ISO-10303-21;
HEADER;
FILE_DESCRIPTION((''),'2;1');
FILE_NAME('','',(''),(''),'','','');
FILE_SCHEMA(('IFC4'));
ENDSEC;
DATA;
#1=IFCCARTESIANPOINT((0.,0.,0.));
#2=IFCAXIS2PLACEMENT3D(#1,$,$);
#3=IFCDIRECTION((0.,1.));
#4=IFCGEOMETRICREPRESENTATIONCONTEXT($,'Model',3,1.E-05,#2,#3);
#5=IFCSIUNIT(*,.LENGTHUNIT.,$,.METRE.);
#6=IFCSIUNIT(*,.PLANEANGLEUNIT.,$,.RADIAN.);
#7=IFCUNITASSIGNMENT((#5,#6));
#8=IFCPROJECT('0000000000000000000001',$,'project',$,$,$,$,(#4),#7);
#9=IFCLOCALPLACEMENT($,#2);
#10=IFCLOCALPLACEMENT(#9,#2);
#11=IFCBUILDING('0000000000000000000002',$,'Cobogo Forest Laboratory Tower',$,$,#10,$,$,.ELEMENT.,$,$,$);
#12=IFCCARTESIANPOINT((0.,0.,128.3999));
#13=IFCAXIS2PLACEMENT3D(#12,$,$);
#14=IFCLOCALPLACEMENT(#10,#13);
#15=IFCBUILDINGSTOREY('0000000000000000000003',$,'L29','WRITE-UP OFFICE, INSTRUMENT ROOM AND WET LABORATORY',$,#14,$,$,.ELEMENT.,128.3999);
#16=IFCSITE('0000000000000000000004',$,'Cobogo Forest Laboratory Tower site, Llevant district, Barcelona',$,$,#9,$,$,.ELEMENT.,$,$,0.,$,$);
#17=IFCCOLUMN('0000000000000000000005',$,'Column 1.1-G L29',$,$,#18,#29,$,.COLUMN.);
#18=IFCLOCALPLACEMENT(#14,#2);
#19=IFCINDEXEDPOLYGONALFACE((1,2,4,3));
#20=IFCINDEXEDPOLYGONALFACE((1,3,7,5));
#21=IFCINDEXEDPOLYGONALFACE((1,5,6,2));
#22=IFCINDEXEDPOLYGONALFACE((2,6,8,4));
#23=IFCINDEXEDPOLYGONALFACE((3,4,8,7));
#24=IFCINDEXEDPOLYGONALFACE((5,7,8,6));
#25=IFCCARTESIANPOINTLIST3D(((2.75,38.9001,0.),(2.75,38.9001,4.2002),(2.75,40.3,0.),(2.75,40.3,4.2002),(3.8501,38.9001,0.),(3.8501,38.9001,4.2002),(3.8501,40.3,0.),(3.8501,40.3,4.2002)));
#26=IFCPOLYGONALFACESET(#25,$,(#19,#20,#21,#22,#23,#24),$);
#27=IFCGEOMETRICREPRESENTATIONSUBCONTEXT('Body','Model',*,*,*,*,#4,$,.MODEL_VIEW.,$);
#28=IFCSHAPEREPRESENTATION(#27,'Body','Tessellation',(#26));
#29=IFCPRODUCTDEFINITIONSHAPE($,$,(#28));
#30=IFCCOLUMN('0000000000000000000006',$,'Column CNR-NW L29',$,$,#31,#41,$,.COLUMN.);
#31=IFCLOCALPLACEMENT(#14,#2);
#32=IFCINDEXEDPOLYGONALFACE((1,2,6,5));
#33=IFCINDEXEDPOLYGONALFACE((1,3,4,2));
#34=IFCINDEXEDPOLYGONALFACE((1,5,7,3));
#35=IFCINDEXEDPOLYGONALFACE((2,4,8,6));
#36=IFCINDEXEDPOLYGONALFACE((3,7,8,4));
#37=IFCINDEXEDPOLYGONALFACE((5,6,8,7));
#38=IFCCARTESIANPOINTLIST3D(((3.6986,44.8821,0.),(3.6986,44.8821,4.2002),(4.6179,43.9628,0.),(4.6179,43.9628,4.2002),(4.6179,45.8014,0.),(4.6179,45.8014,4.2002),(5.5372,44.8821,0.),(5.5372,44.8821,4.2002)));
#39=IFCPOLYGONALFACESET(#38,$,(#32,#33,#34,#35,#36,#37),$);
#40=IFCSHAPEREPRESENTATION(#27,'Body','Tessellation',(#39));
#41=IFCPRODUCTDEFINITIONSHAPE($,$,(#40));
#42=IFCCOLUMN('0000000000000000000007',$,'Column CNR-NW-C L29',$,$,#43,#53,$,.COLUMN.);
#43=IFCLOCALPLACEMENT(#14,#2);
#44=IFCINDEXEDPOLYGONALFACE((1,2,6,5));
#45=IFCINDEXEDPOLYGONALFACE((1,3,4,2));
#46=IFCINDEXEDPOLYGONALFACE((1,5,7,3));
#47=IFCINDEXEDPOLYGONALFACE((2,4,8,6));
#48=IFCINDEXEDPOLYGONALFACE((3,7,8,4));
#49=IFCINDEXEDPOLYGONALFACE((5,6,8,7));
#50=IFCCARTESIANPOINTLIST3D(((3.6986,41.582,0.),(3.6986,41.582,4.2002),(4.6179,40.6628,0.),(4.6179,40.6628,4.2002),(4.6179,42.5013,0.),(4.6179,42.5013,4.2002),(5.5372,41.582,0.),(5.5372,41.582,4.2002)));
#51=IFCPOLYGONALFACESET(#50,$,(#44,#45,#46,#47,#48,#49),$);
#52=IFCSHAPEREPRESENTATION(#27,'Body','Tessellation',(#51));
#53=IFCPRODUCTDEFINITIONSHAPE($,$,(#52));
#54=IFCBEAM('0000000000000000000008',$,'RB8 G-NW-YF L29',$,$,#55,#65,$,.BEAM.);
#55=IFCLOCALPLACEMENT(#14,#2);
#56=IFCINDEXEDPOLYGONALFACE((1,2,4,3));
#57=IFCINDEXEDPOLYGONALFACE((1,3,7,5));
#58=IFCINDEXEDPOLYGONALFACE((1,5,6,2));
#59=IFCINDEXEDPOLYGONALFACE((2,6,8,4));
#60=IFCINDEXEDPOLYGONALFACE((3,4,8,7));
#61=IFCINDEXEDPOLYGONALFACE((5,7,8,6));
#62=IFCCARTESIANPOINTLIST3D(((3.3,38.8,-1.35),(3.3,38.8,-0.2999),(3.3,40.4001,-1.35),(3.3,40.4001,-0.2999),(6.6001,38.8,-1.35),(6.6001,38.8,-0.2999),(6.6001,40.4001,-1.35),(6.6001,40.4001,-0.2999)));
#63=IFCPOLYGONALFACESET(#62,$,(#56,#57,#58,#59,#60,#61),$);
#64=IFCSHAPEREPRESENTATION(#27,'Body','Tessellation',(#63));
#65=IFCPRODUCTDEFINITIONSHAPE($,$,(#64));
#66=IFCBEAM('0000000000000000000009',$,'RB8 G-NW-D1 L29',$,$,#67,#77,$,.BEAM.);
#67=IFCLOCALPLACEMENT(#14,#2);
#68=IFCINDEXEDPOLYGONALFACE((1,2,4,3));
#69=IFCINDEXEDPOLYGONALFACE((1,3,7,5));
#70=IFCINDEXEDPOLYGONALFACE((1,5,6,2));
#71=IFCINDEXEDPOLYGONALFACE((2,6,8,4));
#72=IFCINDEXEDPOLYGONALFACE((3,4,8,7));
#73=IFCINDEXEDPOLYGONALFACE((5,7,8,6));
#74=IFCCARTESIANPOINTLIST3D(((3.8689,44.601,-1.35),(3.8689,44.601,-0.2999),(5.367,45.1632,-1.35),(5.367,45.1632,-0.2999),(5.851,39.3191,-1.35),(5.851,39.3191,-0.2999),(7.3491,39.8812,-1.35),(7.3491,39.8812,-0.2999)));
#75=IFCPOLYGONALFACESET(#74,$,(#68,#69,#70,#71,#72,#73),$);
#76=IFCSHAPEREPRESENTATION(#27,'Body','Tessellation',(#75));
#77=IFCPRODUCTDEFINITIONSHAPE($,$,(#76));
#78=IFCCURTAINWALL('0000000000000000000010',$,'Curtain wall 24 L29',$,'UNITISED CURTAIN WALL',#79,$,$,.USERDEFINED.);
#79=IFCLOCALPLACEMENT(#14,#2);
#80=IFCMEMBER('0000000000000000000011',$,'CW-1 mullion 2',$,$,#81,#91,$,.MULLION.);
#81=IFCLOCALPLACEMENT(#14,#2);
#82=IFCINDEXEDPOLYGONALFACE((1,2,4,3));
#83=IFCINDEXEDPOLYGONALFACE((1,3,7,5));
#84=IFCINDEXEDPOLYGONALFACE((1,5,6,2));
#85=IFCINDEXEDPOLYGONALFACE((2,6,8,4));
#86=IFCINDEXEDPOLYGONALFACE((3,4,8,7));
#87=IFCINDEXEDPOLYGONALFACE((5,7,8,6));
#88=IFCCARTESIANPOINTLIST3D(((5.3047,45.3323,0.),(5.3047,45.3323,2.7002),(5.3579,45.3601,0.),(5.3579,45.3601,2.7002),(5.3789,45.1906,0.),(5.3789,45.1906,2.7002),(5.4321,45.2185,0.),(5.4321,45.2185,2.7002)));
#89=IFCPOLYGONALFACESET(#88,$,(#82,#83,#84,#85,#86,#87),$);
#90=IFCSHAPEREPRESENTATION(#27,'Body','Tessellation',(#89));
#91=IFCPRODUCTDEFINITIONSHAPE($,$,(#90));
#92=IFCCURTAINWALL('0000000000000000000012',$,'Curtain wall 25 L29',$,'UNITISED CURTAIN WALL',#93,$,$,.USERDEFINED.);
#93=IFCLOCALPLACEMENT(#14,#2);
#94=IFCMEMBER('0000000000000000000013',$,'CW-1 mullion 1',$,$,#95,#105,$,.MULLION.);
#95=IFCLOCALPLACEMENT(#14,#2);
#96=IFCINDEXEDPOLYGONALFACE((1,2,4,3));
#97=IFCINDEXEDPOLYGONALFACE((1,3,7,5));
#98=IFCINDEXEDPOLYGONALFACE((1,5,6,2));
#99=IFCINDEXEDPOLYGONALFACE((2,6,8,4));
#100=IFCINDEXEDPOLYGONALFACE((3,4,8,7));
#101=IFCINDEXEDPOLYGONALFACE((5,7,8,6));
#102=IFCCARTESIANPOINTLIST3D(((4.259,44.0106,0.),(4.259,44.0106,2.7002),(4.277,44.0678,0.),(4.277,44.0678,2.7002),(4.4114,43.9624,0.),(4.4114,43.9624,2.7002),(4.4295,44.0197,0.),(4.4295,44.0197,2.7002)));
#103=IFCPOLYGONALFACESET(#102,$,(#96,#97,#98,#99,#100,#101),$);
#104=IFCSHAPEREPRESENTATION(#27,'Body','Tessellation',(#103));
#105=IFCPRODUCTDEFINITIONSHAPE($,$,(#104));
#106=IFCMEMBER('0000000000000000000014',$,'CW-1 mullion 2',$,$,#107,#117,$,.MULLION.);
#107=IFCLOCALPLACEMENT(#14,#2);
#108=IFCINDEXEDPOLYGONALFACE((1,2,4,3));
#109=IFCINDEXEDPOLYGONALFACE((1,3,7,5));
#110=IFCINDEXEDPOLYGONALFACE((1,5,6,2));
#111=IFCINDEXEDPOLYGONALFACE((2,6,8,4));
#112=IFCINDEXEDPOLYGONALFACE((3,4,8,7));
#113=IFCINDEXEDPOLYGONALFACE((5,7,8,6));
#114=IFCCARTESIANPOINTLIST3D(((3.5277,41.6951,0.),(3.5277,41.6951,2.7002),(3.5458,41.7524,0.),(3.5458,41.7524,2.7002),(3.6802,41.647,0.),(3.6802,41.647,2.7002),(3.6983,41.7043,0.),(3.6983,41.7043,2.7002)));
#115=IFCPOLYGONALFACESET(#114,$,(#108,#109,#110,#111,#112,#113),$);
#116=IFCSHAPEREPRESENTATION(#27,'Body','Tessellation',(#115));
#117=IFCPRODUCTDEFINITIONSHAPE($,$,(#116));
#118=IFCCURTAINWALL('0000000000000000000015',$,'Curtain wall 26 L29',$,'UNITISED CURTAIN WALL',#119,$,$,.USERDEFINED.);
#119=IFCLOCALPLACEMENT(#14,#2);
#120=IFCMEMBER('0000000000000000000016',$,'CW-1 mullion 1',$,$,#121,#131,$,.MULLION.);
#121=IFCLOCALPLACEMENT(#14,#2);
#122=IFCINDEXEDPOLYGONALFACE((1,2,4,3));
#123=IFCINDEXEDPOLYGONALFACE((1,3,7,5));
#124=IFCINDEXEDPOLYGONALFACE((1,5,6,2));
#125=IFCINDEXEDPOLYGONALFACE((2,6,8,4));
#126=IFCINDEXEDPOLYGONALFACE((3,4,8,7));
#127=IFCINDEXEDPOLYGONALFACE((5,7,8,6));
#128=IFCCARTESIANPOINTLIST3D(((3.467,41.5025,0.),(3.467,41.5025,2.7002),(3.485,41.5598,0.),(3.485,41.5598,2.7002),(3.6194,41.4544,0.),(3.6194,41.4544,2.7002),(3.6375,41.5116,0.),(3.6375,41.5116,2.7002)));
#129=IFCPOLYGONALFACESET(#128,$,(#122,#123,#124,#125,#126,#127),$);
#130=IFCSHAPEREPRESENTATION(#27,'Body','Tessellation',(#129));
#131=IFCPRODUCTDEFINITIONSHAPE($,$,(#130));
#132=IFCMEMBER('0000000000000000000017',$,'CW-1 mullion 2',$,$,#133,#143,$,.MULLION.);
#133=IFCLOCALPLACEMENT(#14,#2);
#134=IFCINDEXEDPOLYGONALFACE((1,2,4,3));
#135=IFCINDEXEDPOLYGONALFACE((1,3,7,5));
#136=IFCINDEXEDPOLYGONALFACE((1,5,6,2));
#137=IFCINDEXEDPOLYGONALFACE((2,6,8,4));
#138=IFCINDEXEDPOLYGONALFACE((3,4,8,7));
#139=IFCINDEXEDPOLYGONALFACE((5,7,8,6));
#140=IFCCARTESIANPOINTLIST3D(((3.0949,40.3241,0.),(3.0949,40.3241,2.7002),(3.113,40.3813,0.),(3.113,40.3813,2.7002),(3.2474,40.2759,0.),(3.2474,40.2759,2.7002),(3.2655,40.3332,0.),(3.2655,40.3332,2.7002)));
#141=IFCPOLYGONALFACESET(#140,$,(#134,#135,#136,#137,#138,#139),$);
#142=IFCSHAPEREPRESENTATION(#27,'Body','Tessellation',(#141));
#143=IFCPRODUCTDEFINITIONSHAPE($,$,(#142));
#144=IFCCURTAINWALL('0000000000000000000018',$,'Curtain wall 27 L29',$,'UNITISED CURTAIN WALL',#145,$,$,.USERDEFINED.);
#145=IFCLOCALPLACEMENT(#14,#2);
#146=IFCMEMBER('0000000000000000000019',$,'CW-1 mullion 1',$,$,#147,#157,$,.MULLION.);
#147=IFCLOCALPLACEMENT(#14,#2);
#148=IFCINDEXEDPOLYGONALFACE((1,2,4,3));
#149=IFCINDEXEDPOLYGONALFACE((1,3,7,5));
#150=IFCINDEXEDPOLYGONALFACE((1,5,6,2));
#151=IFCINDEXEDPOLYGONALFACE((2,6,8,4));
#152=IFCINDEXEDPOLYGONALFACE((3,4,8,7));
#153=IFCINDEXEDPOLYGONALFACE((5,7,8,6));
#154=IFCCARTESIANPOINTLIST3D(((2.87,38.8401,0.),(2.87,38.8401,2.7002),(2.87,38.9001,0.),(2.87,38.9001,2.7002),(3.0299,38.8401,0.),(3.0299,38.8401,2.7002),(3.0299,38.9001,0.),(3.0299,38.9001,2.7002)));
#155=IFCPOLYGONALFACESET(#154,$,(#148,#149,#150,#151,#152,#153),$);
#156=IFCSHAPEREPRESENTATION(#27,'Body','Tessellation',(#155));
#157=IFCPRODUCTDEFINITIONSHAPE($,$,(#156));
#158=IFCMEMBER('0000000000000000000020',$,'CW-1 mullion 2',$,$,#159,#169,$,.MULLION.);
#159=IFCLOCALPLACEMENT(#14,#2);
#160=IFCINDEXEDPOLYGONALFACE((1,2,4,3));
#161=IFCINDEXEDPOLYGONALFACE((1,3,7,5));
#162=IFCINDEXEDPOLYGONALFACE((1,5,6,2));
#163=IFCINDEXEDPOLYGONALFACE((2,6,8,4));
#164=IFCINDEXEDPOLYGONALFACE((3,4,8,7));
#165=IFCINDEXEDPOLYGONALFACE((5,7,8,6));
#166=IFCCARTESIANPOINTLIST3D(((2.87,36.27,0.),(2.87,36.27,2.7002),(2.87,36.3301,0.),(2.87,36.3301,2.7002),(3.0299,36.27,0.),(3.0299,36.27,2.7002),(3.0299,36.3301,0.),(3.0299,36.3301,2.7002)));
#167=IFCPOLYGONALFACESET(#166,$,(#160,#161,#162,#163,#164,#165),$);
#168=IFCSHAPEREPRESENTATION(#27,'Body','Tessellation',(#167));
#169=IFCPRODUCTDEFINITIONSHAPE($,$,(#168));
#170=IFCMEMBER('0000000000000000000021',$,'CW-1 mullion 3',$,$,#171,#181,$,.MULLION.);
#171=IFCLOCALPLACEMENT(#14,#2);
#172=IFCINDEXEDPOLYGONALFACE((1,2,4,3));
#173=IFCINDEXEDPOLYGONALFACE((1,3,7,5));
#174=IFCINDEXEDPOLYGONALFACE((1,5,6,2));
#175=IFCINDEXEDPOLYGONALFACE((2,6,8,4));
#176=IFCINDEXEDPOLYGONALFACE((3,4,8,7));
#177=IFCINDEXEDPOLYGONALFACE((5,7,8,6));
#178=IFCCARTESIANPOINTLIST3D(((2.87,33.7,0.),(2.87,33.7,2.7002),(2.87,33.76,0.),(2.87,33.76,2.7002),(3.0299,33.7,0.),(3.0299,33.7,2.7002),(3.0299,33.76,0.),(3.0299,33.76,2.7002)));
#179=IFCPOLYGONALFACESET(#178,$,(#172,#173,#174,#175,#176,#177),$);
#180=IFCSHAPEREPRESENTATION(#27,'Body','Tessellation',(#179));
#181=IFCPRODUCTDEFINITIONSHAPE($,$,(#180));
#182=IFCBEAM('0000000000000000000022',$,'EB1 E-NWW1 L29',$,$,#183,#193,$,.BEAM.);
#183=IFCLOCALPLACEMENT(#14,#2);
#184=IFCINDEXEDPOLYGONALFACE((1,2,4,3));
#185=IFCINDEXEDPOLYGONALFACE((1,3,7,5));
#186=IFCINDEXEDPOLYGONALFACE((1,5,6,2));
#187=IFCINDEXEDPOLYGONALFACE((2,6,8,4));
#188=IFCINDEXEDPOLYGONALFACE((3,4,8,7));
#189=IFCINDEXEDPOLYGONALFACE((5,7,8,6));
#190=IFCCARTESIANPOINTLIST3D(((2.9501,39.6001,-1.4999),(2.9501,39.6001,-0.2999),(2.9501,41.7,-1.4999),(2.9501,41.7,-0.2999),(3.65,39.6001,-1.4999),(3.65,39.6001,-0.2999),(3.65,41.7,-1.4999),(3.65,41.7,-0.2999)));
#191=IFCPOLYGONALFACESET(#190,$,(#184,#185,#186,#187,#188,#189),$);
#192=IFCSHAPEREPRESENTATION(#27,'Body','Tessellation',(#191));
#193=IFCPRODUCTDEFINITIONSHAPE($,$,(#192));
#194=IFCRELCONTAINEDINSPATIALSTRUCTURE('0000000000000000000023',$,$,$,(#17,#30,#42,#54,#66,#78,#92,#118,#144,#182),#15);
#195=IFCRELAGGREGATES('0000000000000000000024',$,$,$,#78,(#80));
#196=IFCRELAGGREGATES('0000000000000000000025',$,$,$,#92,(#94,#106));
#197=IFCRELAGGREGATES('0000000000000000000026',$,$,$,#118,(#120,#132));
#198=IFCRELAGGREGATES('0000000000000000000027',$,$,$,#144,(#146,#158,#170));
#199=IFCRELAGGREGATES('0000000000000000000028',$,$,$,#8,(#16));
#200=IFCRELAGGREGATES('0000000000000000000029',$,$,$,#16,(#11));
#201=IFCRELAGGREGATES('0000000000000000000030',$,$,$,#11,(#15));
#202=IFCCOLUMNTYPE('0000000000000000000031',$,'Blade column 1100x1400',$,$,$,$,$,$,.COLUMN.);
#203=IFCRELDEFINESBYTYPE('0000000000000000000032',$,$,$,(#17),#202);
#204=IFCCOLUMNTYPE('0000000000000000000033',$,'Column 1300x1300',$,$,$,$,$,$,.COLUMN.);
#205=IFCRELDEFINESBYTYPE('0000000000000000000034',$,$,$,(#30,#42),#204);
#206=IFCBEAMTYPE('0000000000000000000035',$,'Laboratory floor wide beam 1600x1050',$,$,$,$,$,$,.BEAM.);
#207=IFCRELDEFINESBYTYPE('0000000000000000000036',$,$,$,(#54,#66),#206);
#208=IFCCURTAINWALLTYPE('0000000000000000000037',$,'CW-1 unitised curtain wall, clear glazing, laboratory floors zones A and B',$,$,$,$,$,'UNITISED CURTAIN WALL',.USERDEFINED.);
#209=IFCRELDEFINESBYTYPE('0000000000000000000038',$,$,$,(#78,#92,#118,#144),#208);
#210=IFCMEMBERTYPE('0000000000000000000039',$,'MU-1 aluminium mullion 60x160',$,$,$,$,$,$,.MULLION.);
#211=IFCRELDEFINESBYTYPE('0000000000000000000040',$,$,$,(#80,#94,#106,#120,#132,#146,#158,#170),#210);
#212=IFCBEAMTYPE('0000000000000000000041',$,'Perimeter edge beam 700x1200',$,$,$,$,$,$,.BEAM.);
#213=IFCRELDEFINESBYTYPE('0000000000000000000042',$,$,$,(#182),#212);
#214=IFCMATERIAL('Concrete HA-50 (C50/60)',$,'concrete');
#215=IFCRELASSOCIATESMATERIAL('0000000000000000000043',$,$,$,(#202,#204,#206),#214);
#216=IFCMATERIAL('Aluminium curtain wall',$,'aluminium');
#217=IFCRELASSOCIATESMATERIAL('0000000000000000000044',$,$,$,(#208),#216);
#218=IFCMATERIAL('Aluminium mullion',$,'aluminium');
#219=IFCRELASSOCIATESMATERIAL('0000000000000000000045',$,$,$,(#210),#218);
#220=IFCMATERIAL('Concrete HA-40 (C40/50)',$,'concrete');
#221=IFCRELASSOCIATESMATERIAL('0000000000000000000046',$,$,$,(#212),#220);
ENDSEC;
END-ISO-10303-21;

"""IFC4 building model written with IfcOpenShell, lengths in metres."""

from ifc_helpers import new_model, si_unit, direction, frame, origin, origin_2d, place, context, subcontext, project, spatial, rectangle, extrude, material, material_profile, profile_set, type_object, element, aggregate, save


model = new_model("IFC4")

# Units and contexts
model_context = context("Model", 3, precision=1e-05, world=origin(), true_north=direction((0.0, 1.0)))
body_context = subcontext(model_context, "Body", "Model", "MODEL_VIEW")
ifc_project = project(units=[si_unit("LENGTHUNIT", "METRE"), si_unit("PLANEANGLEUNIT", "RADIAN")], contexts=[model_context])

# Site, building, storey
site_placement = place(None, origin())
site = spatial("IfcSite", under=ifc_project, at=site_placement, Name="Cobogo Forest Laboratory Tower site, Llevant district, Barcelona", CompositionType="ELEMENT", RefElevation=0.0)
building_placement = place(site_placement, origin())
building = spatial("IfcBuilding", under=site, at=building_placement, Name="Cobogo Forest Laboratory Tower", CompositionType="ELEMENT")
storey_placement = place(building_placement, frame((0.0, 0.0, 128.3999)))
storey = spatial("IfcBuildingStorey", under=building, at=storey_placement, Name="L29", Description="WRITE-UP OFFICE, INSTRUMENT ROOM AND WET LABORATORY", CompositionType="ELEMENT", Elevation=128.3999)

# Columns
ifc_material_1 = material(Name="Concrete HA-50 (C50/60)", Category="concrete")
ifc_material_profile_1 = material_profile(ifc_material_1, rectangle(XDim=1.3999, YDim=1.1001, at=origin_2d()), Name="RC 1100x1400")
ifc_profile_set_1 = profile_set([ifc_material_profile_1], Name="Concrete HA-50 (C50/60)")
column_type_1 = type_object("IfcColumnType", Name="Blade column 1100x1400", PredefinedType="COLUMN", material=ifc_profile_set_1)
column_placement = place(storey_placement, frame((3.3, 39.6001, 0.0), z_axis=(0.0, 0.0, 1.0), x_axis=(0.0, 1.0, 0.0)))
element("IfcColumn", 1, at=column_placement, inside=storey, type_object=column_type_1, Name="Column 1.1-G L29", PredefinedType="COLUMN", context=body_context, shape_type="SweptSolid", body=[
    extrude(rectangle(XDim=1.3999, YDim=1.1001, at=origin_2d()), origin(), (0.0, 0.0, 1.0), 4.2002),
])
ifc_material_profile_2 = material_profile(ifc_material_1, rectangle(XDim=1.3, YDim=1.3, at=origin_2d()), Name="RC 1300x1300")
ifc_profile_set_2 = profile_set([ifc_material_profile_2], Name="Concrete HA-50 (C50/60)")
column_type_2 = type_object("IfcColumnType", Name="Column 1300x1300", PredefinedType="COLUMN", material=ifc_profile_set_2)
for number, where, z_axis, x_axis, name in (
    (2, (4.6179, 44.8821, 0.0), (0.0, 0.0, 1.0), (0.707107, 0.707107, 0.0), "Column CNR-NW L29"),
    (3, (4.6179, 41.582, 0.0), (0.0, 0.0, 1.0), (0.707107, 0.707107, 0.0), "Column CNR-NW-C L29"),
):
    element("IfcColumn", number, at=place(storey_placement, frame(where, z_axis=z_axis, x_axis=x_axis)), inside=storey, type_object=column_type_2, Name=name, PredefinedType="COLUMN", context=body_context, shape_type="SweptSolid", body=[
        extrude(rectangle(XDim=1.3, YDim=1.3, at=origin_2d()), origin(), (0.0, 0.0, 1.0), 4.2002),
    ])

# Beams
ifc_material_profile_3 = material_profile(ifc_material_1, rectangle(XDim=1.6001, YDim=1.05, at=origin_2d()), Name="RC 1600x1050")
ifc_profile_set_3 = profile_set([ifc_material_profile_3], Name="Concrete HA-50 (C50/60)")
beam_type_1 = type_object("IfcBeamType", Name="Laboratory floor wide beam 1600x1050", PredefinedType="BEAM", material=ifc_profile_set_3)
beam_1_placement = place(storey_placement, frame((3.3, 39.6001, -0.825), z_axis=(1.0, 0.0, 0.0), x_axis=(0.0, 1.0, 0.0)))
element("IfcBeam", 4, at=beam_1_placement, inside=storey, type_object=beam_type_1, Name="RB8 G-NW-YF L29", PredefinedType="BEAM", context=body_context, shape_type="SweptSolid", body=[
    extrude(rectangle(XDim=1.6001, YDim=1.05, at=origin_2d()), origin(), (0.0, 0.0, 1.0), 3.3),
])
beam_2_placement = place(storey_placement, frame((4.6179, 44.8821, -0.825), z_axis=(0.351346, -0.936246, 0.0), x_axis=(0.936246, 0.351346, 0.0)))
element("IfcBeam", 5, at=beam_2_placement, inside=storey, type_object=beam_type_1, Name="RB8 G-NW-D1 L29", PredefinedType="BEAM", context=body_context, shape_type="SweptSolid", body=[
    extrude(rectangle(XDim=1.6001, YDim=1.05, at=origin_2d()), origin(), (0.0, 0.0, 1.0), 5.6416),
])

# Curtain wall, member
ifc_material_2 = material(Name="Aluminium curtain wall", Category="aluminium")
curtain_wall_type = type_object("IfcCurtainWallType", Name="CW-1 unitised curtain wall, clear glazing, laboratory floors zones A and B", ElementType="UNITISED CURTAIN WALL", PredefinedType="USERDEFINED", material=ifc_material_2)
curtain_wall_1_placement = place(storey_placement, origin())
curtain_wall_1 = element("IfcCurtainWall", 6, at=curtain_wall_1_placement, inside=storey, type_object=curtain_wall_type, Name="Curtain wall 24 L29", ObjectType="UNITISED CURTAIN WALL", PredefinedType="USERDEFINED")
ifc_material_3 = material(Name="Aluminium mullion", Category="aluminium")
ifc_material_profile_4 = material_profile(ifc_material_3, rectangle(XDim=0.0601, YDim=0.1599, at=origin_2d()), Name="AL 60x160")
ifc_profile_set_4 = profile_set([ifc_material_profile_4], Name="Aluminium mullion")
member_type_1 = type_object("IfcMemberType", Name="MU-1 aluminium mullion 60x160", PredefinedType="MULLION", material=ifc_profile_set_4)
member_1_placement = place(storey_placement, frame((5.3684, 45.2754, 0.0), z_axis=(0.0, 0.0, 1.0), x_axis=(-0.885687, -0.464284, 0.0)))
member_1 = element("IfcMember", 7, at=member_1_placement, type_object=member_type_1, Name="CW-1 mullion 2", PredefinedType="MULLION", context=body_context, shape_type="SweptSolid", body=[
    extrude(rectangle(XDim=0.0601, YDim=0.1599, at=origin_2d()), origin(), (0.0, 0.0, 1.0), 2.7002),
])

# Curtain walls, members
curtain_wall_2_placement = place(storey_placement, origin())
curtain_wall_2 = element("IfcCurtainWall", 8, at=curtain_wall_2_placement, inside=storey, type_object=curtain_wall_type, Name="Curtain wall 25 L29", ObjectType="UNITISED CURTAIN WALL", PredefinedType="USERDEFINED")
member_2_placement = place(storey_placement, frame((4.3442, 44.0151, 0.0), z_axis=(0.0, 0.0, 1.0), x_axis=(-0.301135, -0.953581, 0.0)))
member_2 = element("IfcMember", 9, at=member_2_placement, type_object=member_type_1, Name="CW-1 mullion 1", PredefinedType="MULLION", context=body_context, shape_type="SweptSolid", body=[
    extrude(rectangle(XDim=0.0601, YDim=0.1599, at=origin_2d()), origin(), (0.0, 0.0, 1.0), 2.7002),
])
member_3_placement = place(storey_placement, frame((3.613, 41.6997, 0.0), z_axis=(0.0, 0.0, 1.0), x_axis=(-0.301135, -0.953581, 0.0)))
member_3 = element("IfcMember", 10, at=member_3_placement, type_object=member_type_1, Name="CW-1 mullion 2", PredefinedType="MULLION", context=body_context, shape_type="SweptSolid", body=[
    extrude(rectangle(XDim=0.0601, YDim=0.1599, at=origin_2d()), origin(), (0.0, 0.0, 1.0), 2.7002),
])
curtain_wall_3_placement = place(storey_placement, origin())
curtain_wall_3 = element("IfcCurtainWall", 11, at=curtain_wall_3_placement, inside=storey, type_object=curtain_wall_type, Name="Curtain wall 26 L29", ObjectType="UNITISED CURTAIN WALL", PredefinedType="USERDEFINED")
member_4_placement = place(storey_placement, frame((3.5522, 41.5071, 0.0), z_axis=(0.0, 0.0, 1.0), x_axis=(-0.301135, -0.953581, 0.0)))
member_4 = element("IfcMember", 12, at=member_4_placement, type_object=member_type_1, Name="CW-1 mullion 1", PredefinedType="MULLION", context=body_context, shape_type="SweptSolid", body=[
    extrude(rectangle(XDim=0.0601, YDim=0.1599, at=origin_2d()), origin(), (0.0, 0.0, 1.0), 2.7002),
])
member_5_placement = place(storey_placement, frame((3.1802, 40.3286, 0.0), z_axis=(0.0, 0.0, 1.0), x_axis=(-0.301135, -0.953581, 0.0)))
member_5 = element("IfcMember", 13, at=member_5_placement, type_object=member_type_1, Name="CW-1 mullion 2", PredefinedType="MULLION", context=body_context, shape_type="SweptSolid", body=[
    extrude(rectangle(XDim=0.0601, YDim=0.1599, at=origin_2d()), origin(), (0.0, 0.0, 1.0), 2.7002),
])
curtain_wall_4_placement = place(storey_placement, origin())
curtain_wall_4 = element("IfcCurtainWall", 14, at=curtain_wall_4_placement, inside=storey, type_object=curtain_wall_type, Name="Curtain wall 27 L29", ObjectType="UNITISED CURTAIN WALL", PredefinedType="USERDEFINED")
member_6_placement = place(storey_placement, frame((2.95, 38.8701, 0.0), z_axis=(0.0, 0.0, 1.0), x_axis=(0.0, -1.0, 0.0)))
member_6 = element("IfcMember", 15, at=member_6_placement, type_object=member_type_1, Name="CW-1 mullion 1", PredefinedType="MULLION", context=body_context, shape_type="SweptSolid", body=[
    extrude(rectangle(XDim=0.0601, YDim=0.1599, at=origin_2d()), origin(), (0.0, 0.0, 1.0), 2.7002),
])
member_7_placement = place(storey_placement, frame((2.95, 36.3, 0.0), z_axis=(0.0, 0.0, 1.0), x_axis=(0.0, -1.0, 0.0)))
member_7 = element("IfcMember", 16, at=member_7_placement, type_object=member_type_1, Name="CW-1 mullion 2", PredefinedType="MULLION", context=body_context, shape_type="SweptSolid", body=[
    extrude(rectangle(XDim=0.0601, YDim=0.1599, at=origin_2d()), origin(), (0.0, 0.0, 1.0), 2.7002),
])
member_8_placement = place(storey_placement, frame((2.95, 33.73, 0.0), z_axis=(0.0, 0.0, 1.0), x_axis=(0.0, -1.0, 0.0)))
member_8 = element("IfcMember", 17, at=member_8_placement, type_object=member_type_1, Name="CW-1 mullion 3", PredefinedType="MULLION", context=body_context, shape_type="SweptSolid", body=[
    extrude(rectangle(XDim=0.0601, YDim=0.1599, at=origin_2d()), origin(), (0.0, 0.0, 1.0), 2.7002),
])

# Beam
ifc_material_4 = material(Name="Concrete HA-40 (C40/50)", Category="concrete")
ifc_material_profile_5 = material_profile(ifc_material_4, rectangle(XDim=0.7, YDim=1.2, at=origin_2d()), Name="RC 700x1200")
ifc_profile_set_5 = profile_set([ifc_material_profile_5], Name="Concrete HA-40 (C40/50)")
beam_type_2 = type_object("IfcBeamType", Name="Perimeter edge beam 700x1200", PredefinedType="BEAM", material=ifc_profile_set_5)
beam_3_placement = place(storey_placement, frame((3.3, 39.6001, -0.8999), z_axis=(0.0, 1.0, 0.0), x_axis=(-1.0, 0.0, 0.0)))
element("IfcBeam", 18, at=beam_3_placement, inside=storey, type_object=beam_type_2, Name="EB1 E-NWW1 L29", PredefinedType="BEAM", context=body_context, shape_type="SweptSolid", body=[
    extrude(rectangle(XDim=0.7, YDim=1.2, at=origin_2d()), origin(), (0.0, 0.0, 1.0), 2.0999),
])

aggregate(curtain_wall_1, [member_1])
aggregate(curtain_wall_2, [member_2, member_3])
aggregate(curtain_wall_3, [member_4, member_5])
aggregate(curtain_wall_4, [member_6, member_7, member_8])

save(model, "model.ifc")
